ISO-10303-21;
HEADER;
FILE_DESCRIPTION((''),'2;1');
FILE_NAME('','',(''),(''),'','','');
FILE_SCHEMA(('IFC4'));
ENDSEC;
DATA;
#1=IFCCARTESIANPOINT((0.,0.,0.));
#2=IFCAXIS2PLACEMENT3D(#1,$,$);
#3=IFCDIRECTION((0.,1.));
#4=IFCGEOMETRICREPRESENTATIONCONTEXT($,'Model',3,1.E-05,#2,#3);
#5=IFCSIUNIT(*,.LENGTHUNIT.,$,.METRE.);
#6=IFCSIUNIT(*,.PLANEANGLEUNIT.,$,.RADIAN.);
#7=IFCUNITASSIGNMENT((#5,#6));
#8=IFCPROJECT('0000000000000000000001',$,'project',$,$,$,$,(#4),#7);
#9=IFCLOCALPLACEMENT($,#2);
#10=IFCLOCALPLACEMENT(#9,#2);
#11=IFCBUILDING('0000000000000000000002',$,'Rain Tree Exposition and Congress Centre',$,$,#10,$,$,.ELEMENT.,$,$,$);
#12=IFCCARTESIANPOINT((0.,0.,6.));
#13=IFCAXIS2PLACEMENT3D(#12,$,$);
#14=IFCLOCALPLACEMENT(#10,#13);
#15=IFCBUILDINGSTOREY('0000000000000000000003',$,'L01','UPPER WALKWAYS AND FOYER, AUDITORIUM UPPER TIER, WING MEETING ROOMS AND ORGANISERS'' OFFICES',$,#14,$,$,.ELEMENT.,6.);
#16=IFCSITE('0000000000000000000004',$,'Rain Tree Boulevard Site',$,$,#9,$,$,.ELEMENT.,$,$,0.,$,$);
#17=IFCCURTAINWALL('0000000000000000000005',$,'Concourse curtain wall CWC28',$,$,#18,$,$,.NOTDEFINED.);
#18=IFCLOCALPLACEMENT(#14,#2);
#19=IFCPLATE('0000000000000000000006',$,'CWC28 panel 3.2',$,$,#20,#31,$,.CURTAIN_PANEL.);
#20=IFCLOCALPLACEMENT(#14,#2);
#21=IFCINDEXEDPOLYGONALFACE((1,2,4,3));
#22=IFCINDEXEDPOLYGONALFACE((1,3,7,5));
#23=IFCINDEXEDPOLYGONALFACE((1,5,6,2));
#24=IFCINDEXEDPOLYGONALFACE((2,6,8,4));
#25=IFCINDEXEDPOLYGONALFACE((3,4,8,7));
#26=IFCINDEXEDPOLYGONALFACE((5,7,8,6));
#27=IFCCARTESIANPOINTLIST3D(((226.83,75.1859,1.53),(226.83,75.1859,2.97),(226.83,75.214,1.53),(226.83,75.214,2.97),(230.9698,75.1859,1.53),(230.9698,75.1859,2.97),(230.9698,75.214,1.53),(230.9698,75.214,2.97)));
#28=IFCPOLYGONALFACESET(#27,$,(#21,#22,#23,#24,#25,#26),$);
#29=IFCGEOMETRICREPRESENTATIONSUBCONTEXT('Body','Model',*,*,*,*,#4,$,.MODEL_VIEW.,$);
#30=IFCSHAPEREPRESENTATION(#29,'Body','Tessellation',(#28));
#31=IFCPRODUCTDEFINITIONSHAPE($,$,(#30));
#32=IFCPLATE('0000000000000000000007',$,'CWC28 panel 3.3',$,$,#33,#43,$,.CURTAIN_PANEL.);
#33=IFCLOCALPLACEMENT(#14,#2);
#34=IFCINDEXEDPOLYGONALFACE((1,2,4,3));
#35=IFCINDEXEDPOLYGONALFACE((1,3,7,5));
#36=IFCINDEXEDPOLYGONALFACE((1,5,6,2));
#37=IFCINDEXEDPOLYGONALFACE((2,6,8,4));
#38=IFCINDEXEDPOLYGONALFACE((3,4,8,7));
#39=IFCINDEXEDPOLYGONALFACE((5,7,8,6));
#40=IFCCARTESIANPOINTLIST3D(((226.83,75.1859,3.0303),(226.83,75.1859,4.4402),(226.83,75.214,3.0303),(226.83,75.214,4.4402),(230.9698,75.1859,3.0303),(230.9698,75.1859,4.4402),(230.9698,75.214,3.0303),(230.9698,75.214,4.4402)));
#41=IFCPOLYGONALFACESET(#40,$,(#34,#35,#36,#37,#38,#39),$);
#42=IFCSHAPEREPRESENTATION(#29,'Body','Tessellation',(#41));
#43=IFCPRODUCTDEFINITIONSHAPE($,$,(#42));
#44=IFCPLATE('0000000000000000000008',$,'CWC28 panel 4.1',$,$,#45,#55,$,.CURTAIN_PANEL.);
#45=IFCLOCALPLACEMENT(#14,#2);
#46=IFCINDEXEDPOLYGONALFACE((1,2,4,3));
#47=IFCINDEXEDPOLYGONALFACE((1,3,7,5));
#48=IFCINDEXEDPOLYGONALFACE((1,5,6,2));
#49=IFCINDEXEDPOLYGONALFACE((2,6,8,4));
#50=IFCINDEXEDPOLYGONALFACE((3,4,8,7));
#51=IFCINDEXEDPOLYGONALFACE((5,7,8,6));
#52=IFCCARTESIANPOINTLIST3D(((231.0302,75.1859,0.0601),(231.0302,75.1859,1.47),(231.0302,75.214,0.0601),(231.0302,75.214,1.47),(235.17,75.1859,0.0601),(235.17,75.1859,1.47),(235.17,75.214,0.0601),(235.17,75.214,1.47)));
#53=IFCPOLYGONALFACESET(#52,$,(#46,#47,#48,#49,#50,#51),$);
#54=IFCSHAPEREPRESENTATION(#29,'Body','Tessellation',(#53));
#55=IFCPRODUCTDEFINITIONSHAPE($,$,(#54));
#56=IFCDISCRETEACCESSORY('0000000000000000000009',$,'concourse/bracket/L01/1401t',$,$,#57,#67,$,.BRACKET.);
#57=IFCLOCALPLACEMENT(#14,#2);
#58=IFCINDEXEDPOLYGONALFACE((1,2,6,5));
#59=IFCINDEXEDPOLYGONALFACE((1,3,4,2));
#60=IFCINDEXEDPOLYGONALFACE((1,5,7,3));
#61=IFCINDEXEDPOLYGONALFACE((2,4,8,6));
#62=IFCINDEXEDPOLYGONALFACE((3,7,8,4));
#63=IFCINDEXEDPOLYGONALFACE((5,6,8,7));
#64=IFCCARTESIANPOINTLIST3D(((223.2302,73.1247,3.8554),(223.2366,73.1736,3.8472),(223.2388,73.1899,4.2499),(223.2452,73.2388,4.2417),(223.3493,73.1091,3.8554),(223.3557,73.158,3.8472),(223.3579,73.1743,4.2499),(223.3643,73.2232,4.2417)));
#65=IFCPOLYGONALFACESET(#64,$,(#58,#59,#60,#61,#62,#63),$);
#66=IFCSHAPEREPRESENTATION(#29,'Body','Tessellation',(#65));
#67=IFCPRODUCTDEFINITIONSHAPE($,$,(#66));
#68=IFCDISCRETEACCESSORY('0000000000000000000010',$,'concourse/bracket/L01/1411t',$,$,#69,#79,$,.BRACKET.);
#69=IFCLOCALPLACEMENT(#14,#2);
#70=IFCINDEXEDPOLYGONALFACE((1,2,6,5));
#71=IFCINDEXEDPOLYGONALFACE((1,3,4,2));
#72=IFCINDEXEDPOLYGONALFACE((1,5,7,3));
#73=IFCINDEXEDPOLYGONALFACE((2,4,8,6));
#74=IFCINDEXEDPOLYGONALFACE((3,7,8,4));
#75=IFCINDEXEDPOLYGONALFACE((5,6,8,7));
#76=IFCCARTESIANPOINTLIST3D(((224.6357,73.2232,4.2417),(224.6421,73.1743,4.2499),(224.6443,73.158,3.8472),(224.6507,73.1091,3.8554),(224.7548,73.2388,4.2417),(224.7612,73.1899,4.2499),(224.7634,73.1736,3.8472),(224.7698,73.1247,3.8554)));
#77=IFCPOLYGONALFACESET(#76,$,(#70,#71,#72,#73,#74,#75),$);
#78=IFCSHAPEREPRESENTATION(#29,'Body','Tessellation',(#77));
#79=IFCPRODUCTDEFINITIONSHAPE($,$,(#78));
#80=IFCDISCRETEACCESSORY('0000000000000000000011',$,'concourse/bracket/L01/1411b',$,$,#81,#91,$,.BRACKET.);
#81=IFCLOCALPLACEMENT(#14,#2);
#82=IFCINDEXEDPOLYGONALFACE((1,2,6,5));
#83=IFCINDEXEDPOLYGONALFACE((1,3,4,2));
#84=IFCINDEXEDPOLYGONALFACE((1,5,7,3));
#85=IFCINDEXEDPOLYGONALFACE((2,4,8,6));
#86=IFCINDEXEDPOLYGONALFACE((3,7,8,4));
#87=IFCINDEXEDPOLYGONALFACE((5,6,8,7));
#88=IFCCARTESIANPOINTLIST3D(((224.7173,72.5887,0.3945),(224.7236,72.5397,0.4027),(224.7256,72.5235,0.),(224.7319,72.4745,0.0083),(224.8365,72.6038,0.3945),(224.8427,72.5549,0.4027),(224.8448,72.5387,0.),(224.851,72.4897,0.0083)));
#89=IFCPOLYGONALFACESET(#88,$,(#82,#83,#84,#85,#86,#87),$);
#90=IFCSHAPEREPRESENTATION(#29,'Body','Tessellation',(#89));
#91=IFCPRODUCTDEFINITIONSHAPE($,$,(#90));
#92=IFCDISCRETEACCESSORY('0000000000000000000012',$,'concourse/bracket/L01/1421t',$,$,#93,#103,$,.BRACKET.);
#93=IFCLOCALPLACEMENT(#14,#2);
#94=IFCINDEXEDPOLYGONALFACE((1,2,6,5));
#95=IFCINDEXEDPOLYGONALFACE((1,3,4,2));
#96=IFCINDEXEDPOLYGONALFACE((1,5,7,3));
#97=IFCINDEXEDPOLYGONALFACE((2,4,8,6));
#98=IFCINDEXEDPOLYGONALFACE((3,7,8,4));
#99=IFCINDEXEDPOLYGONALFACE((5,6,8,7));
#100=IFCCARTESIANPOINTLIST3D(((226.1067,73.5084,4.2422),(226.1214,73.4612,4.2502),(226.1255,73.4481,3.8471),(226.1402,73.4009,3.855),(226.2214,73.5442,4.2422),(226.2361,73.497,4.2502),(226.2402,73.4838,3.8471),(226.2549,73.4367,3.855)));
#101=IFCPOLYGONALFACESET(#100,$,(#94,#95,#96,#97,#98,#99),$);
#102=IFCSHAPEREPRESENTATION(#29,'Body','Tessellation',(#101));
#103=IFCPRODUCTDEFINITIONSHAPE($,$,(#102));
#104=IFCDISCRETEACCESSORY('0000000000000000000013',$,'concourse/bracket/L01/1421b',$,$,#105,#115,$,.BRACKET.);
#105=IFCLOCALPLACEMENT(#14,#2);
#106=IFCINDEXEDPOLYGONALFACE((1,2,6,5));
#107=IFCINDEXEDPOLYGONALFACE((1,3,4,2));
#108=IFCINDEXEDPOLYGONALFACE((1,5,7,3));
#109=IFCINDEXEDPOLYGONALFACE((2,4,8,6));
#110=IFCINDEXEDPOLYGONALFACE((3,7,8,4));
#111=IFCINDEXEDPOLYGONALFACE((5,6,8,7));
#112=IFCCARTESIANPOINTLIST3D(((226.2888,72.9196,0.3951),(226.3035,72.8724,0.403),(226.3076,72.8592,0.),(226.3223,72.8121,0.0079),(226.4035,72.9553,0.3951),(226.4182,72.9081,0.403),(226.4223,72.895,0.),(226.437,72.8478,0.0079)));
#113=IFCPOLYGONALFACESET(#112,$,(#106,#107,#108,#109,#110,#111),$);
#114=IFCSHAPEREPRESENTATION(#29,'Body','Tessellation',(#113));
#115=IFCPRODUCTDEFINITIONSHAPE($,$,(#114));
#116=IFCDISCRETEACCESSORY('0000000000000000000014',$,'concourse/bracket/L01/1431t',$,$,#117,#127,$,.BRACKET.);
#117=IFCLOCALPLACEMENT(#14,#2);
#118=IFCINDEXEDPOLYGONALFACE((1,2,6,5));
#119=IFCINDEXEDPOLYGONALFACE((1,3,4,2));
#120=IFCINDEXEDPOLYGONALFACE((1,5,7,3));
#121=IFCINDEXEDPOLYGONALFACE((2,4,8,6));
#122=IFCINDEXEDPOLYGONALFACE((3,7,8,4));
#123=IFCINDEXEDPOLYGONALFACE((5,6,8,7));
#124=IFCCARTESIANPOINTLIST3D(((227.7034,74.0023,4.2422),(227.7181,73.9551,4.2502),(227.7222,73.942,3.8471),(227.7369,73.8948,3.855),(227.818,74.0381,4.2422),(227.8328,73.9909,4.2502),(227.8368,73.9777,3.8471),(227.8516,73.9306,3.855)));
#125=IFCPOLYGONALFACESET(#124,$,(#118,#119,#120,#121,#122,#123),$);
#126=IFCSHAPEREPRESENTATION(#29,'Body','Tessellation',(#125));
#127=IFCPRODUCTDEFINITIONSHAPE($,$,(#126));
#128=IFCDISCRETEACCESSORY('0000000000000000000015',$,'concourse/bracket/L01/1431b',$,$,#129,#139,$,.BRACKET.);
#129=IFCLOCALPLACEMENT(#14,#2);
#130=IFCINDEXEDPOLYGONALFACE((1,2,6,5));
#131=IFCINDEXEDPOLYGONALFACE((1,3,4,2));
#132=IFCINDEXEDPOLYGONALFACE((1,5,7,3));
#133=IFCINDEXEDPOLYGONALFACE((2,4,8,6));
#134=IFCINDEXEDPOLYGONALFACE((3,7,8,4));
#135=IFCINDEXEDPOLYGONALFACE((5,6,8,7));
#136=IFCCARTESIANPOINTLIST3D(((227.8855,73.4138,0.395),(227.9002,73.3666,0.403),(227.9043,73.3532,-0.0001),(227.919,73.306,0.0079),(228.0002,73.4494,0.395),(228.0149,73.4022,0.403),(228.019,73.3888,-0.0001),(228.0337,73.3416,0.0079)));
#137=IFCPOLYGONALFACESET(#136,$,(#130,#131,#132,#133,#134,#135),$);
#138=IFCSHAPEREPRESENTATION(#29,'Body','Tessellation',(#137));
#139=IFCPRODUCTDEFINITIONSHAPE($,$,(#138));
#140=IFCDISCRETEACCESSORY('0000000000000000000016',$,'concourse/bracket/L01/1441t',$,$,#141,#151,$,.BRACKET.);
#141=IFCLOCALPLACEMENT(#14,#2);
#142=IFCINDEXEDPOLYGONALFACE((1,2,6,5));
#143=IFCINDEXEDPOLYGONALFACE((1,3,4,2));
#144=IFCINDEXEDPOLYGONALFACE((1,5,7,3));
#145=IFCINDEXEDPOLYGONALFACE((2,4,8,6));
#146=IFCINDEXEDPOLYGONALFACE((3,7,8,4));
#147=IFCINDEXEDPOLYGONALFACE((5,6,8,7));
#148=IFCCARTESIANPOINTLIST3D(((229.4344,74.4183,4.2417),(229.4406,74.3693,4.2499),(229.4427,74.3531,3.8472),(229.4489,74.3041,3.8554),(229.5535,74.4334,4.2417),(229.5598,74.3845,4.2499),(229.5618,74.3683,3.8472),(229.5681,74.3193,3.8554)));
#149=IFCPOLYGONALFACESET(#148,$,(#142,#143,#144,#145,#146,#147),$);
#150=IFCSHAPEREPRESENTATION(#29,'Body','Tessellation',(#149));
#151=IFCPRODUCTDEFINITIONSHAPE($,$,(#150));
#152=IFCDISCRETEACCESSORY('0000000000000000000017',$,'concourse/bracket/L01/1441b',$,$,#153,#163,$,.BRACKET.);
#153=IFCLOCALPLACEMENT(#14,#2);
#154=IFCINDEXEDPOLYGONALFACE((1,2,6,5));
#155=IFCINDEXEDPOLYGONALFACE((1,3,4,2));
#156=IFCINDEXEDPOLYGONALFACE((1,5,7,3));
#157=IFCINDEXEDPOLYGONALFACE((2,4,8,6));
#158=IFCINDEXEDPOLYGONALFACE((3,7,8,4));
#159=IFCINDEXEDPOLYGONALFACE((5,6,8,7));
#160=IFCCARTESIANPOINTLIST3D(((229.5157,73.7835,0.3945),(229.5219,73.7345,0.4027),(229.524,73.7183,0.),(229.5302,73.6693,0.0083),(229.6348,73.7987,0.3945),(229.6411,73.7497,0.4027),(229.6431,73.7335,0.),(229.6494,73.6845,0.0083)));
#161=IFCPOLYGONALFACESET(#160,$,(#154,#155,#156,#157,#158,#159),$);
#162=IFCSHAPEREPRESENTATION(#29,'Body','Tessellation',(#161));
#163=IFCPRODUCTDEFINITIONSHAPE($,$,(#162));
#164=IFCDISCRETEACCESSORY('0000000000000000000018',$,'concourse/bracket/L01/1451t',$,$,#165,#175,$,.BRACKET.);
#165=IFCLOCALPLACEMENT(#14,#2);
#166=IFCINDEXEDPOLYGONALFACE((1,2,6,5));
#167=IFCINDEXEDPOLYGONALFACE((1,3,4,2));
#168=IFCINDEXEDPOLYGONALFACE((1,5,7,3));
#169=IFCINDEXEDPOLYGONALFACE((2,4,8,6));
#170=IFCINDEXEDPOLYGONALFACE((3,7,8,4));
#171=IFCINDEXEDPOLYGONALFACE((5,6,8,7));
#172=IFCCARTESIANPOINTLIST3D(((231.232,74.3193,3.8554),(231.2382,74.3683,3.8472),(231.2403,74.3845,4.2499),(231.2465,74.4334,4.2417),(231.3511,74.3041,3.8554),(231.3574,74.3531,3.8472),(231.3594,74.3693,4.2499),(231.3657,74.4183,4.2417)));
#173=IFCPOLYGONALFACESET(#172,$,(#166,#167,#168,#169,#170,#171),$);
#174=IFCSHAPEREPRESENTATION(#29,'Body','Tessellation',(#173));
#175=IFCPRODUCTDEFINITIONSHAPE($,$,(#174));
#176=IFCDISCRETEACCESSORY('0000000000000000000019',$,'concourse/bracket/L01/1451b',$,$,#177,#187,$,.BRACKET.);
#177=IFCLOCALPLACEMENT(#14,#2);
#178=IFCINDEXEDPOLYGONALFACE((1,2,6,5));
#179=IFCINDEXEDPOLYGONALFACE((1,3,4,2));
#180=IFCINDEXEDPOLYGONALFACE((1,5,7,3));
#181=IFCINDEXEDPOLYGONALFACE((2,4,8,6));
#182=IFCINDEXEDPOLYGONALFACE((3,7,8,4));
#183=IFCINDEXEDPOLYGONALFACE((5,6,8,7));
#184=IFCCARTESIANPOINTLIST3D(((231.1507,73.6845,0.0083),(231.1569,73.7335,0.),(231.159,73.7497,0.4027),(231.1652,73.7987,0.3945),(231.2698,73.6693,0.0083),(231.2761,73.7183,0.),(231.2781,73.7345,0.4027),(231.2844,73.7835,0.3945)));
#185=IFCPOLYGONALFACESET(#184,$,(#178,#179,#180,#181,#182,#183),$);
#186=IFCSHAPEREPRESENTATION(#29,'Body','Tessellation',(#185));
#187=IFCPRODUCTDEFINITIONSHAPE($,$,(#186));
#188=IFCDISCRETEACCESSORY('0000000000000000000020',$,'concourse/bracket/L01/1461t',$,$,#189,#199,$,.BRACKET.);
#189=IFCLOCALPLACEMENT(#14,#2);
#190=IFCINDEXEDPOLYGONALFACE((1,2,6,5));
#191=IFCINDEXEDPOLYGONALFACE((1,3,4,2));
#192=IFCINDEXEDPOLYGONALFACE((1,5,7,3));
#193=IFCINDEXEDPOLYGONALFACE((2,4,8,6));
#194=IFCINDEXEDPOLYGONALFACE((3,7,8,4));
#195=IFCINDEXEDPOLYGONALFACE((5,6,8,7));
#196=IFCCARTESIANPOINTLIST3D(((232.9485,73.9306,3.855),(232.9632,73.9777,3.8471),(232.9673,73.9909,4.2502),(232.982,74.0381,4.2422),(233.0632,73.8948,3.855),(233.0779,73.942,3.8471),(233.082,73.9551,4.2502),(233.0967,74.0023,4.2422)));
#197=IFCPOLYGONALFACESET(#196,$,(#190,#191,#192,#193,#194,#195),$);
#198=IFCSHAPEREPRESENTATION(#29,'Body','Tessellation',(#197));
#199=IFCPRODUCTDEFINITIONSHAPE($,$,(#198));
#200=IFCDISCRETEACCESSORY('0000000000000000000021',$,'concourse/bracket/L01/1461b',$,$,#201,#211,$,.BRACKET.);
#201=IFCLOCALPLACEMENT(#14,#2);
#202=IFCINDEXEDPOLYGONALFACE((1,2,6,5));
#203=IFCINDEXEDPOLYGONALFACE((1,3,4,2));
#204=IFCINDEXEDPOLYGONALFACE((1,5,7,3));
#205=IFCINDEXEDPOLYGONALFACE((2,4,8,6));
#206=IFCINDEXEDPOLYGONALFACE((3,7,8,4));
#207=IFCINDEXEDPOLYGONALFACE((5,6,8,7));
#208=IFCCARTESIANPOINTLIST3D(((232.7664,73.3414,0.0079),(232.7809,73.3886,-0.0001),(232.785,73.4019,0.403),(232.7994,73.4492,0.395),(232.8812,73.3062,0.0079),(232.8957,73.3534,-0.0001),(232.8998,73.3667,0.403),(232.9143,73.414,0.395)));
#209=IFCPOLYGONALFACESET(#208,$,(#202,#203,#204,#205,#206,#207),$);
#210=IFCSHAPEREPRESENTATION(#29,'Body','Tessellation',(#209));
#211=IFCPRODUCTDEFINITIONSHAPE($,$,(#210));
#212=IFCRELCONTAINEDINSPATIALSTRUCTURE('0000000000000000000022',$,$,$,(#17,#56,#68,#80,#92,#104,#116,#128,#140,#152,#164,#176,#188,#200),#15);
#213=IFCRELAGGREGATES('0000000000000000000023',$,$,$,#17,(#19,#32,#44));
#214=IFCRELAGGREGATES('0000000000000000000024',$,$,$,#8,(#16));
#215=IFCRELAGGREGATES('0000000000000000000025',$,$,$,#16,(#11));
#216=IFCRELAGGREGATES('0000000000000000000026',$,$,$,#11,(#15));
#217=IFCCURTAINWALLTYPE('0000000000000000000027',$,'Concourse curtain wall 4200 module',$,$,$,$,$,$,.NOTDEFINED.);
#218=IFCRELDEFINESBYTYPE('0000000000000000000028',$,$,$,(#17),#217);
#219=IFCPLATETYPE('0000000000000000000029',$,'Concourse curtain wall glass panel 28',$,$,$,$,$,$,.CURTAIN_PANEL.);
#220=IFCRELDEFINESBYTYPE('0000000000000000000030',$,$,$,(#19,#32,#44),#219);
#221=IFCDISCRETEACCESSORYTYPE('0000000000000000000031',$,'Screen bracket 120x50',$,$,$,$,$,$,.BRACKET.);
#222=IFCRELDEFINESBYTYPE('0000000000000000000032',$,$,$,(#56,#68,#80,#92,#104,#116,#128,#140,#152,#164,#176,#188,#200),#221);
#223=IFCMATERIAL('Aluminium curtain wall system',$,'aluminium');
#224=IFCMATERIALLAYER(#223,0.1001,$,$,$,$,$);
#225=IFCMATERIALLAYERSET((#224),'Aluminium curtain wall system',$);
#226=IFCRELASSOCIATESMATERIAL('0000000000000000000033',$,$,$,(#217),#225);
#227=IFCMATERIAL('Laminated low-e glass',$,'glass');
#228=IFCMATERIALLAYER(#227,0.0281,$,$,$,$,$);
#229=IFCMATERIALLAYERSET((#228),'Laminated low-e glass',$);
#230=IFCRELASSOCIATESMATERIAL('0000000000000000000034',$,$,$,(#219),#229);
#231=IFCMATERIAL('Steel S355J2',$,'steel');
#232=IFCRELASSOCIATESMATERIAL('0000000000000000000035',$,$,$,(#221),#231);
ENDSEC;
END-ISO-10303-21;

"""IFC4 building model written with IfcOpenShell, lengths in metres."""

from ifc_helpers import new_model, si_unit, direction, frame, origin, origin_2d, place, context, subcontext, project, spatial, rectangle, extrude, material, layer, layer_set, material_profile, profile_set, type_object, element, aggregate, save


model = new_model("IFC4")

# Units and contexts
model_context = context("Model", 3, precision=1e-05, world=origin(), true_north=direction((0.0, 1.0)))
body_context = subcontext(model_context, "Body", "Model", "MODEL_VIEW")
ifc_project = project(units=[si_unit("LENGTHUNIT", "METRE"), si_unit("PLANEANGLEUNIT", "RADIAN")], contexts=[model_context])

# Site, building, storey
site_placement = place(None, origin())
site = spatial("IfcSite", under=ifc_project, at=site_placement, Name="Rain Tree Boulevard Site", CompositionType="ELEMENT", RefElevation=0.0)
building_placement = place(site_placement, origin())
building = spatial("IfcBuilding", under=site, at=building_placement, Name="Rain Tree Exposition and Congress Centre", CompositionType="ELEMENT")
storey_placement = place(building_placement, frame((0.0, 0.0, 6.0)))
storey = spatial("IfcBuildingStorey", under=building, at=storey_placement, Name="L01", Description="UPPER WALKWAYS AND FOYER, AUDITORIUM UPPER TIER, WING MEETING ROOMS AND ORGANISERS' OFFICES", CompositionType="ELEMENT", Elevation=6.0)

# Curtain wall, plates
ifc_material_1 = material(Name="Aluminium curtain wall system", Category="aluminium")
ifc_layer_1 = layer(ifc_material_1, 0.1001)
ifc_layer_set_1 = layer_set([ifc_layer_1], Name="Aluminium curtain wall system")
curtain_wall_type = type_object("IfcCurtainWallType", Name="Concourse curtain wall 4200 module", PredefinedType="NOTDEFINED", material=ifc_layer_set_1)
curtain_wall_placement = place(storey_placement, origin())
curtain_wall = element("IfcCurtainWall", 1, at=curtain_wall_placement, inside=storey, type_object=curtain_wall_type, Name="Concourse curtain wall CWC28", PredefinedType="NOTDEFINED")
ifc_material_2 = material(Name="Laminated low-e glass", Category="glass")
ifc_layer_2 = layer(ifc_material_2, 0.0281)
ifc_layer_set_2 = layer_set([ifc_layer_2], Name="Laminated low-e glass")
plate_type = type_object("IfcPlateType", Name="Concourse curtain wall glass panel 28", PredefinedType="CURTAIN_PANEL", material=ifc_layer_set_2)
plate_1_placement = place(storey_placement, frame((228.8999, 75.2, 1.53), z_axis=(0.0, 0.0, 1.0), x_axis=(1.0, 0.0, 0.0)))
plate_1 = element("IfcPlate", 2, at=plate_1_placement, type_object=plate_type, Name="CWC28 panel 3.2", PredefinedType="CURTAIN_PANEL", context=body_context, shape_type="SweptSolid", body=[
    extrude(rectangle(XDim=4.1399, YDim=0.0281, at=origin_2d()), origin(), (0.0, 0.0, 1.0), 1.4399),
])
plate_2_placement = place(storey_placement, frame((228.8999, 75.2, 3.0303), z_axis=(0.0, 0.0, 1.0), x_axis=(1.0, 0.0, 0.0)))
plate_2 = element("IfcPlate", 3, at=plate_2_placement, type_object=plate_type, Name="CWC28 panel 3.3", PredefinedType="CURTAIN_PANEL", context=body_context, shape_type="SweptSolid", body=[
    extrude(rectangle(XDim=4.1399, YDim=0.0281, at=origin_2d()), origin(), (0.0, 0.0, 1.0), 1.4099),
])
plate_3_placement = place(storey_placement, frame((233.1001, 75.2, 0.0601), z_axis=(0.0, 0.0, 1.0), x_axis=(1.0, 0.0, 0.0)))
plate_3 = element("IfcPlate", 4, at=plate_3_placement, type_object=plate_type, Name="CWC28 panel 4.1", PredefinedType="CURTAIN_PANEL", context=body_context, shape_type="SweptSolid", body=[
    extrude(rectangle(XDim=4.1399, YDim=0.0281, at=origin_2d()), origin(), (0.0, 0.0, 1.0), 1.4099),
])
aggregate(curtain_wall, [plate_1, plate_2, plate_3])

# Discrete accessories
ifc_material_3 = material(Name="Steel S355J2", Category="steel")
ifc_material_profile_1 = material_profile(ifc_material_3, rectangle(XDim=0.1201, YDim=0.05, at=origin_2d()), Name="Flat bar 120x50")
ifc_profile_set_1 = profile_set([ifc_material_profile_1], Name="Steel S355J2")
discrete_accessory_type = type_object("IfcDiscreteAccessoryType", Name="Screen bracket 120x50", PredefinedType="BRACKET", material=ifc_profile_set_1)
for number, where, z_axis, x_axis, name in (
    (5, (223.293, 73.1414, 3.8513), (0.021364, 0.162976, 0.986399), (-0.991517, 0.129974, 0.0), "concourse/bracket/L01/1401t"),
    (6, (224.707, 73.1414, 3.8513), (-0.021364, 0.162976, 0.986399), (-0.991517, -0.129974, 0.0), "concourse/bracket/L01/1411t"),
    (7, (224.7883, 72.5066, 0.0042), (-0.020754, 0.162978, 0.986411), (-0.991989, -0.126321, 0.0), "concourse/bracket/L01/1411b"),
):
    element("IfcDiscreteAccessory", number, at=place(storey_placement, frame(where, z_axis=z_axis, x_axis=x_axis)), inside=storey, type_object=discrete_accessory_type, Name=name, PredefinedType="BRACKET", context=body_context, shape_type="SweptSolid", body=[
        extrude(rectangle(XDim=0.1201, YDim=0.05, at=origin_2d()), origin(), (0.0, 0.0, 1.0), 0.3999),
    ])
for number, where, z_axis, x_axis, name in (
    (8, (226.1902, 73.4424, 3.8511), (-0.046993, 0.150743, 0.987456), (-0.954686, -0.297615, 0.0), "concourse/bracket/L01/1421t"),
    (9, (226.3723, 72.8535, 0.0039), (-0.046993, 0.150743, 0.987456), (-0.954686, -0.297615, 0.0), "concourse/bracket/L01/1421b"),
    (10, (227.7869, 73.9363, 3.8511), (-0.046993, 0.150743, 0.987456), (-0.954686, -0.297615, 0.0), "concourse/bracket/L01/1431t"),
    (11, (227.969, 73.3474, 0.0039), (-0.046988, 0.151339, 0.987364), (-0.955027, -0.29652, 0.0), "concourse/bracket/L01/1431b"),
):
    element("IfcDiscreteAccessory", number, at=place(storey_placement, frame(where, z_axis=z_axis, x_axis=x_axis)), inside=storey, type_object=discrete_accessory_type, Name=name, PredefinedType="BRACKET", context=body_context, shape_type="SweptSolid", body=[
        extrude(rectangle(XDim=0.1201, YDim=0.05, at=origin_2d()), origin(), (0.0, 0.0, 1.0), 0.4001),
    ])
for number, where, z_axis, x_axis, name in (
    (12, (229.5054, 74.3362, 3.8513), (-0.020754, 0.162978, 0.986411), (-0.991989, -0.126321, 0.0), "concourse/bracket/L01/1441t"),
    (13, (229.5867, 73.7014, 0.0042), (-0.020754, 0.162978, 0.986411), (-0.991989, -0.126321, 0.0), "concourse/bracket/L01/1441b"),
    (14, (231.2947, 74.3362, 3.8513), (0.020754, 0.162978, 0.986411), (-0.991989, 0.126321, 0.0), "concourse/bracket/L01/1451t"),
    (15, (231.2134, 73.7014, 0.0042), (0.020754, 0.162978, 0.986411), (-0.991989, 0.126321, 0.0), "concourse/bracket/L01/1451b"),
):
    element("IfcDiscreteAccessory", number, at=place(storey_placement, frame(where, z_axis=z_axis, x_axis=x_axis)), inside=storey, type_object=discrete_accessory_type, Name=name, PredefinedType="BRACKET", context=body_context, shape_type="SweptSolid", body=[
        extrude(rectangle(XDim=0.1201, YDim=0.05, at=origin_2d()), origin(), (0.0, 0.0, 1.0), 0.3999),
    ])
for number, where, z_axis, x_axis, name in (
    (16, (233.0132, 73.9363, 3.8511), (0.046993, 0.150743, 0.987456), (-0.954686, 0.297615, 0.0), "concourse/bracket/L01/1461t"),
    (17, (232.8311, 73.3474, 0.0039), (0.046379, 0.151343, 0.987393), (-0.956112, 0.293002, 0.0), "concourse/bracket/L01/1461b"),
):
    element("IfcDiscreteAccessory", number, at=place(storey_placement, frame(where, z_axis=z_axis, x_axis=x_axis)), inside=storey, type_object=discrete_accessory_type, Name=name, PredefinedType="BRACKET", context=body_context, shape_type="SweptSolid", body=[
        extrude(rectangle(XDim=0.1201, YDim=0.05, at=origin_2d()), origin(), (0.0, 0.0, 1.0), 0.4001),
    ])

save(model, "model.ifc")
